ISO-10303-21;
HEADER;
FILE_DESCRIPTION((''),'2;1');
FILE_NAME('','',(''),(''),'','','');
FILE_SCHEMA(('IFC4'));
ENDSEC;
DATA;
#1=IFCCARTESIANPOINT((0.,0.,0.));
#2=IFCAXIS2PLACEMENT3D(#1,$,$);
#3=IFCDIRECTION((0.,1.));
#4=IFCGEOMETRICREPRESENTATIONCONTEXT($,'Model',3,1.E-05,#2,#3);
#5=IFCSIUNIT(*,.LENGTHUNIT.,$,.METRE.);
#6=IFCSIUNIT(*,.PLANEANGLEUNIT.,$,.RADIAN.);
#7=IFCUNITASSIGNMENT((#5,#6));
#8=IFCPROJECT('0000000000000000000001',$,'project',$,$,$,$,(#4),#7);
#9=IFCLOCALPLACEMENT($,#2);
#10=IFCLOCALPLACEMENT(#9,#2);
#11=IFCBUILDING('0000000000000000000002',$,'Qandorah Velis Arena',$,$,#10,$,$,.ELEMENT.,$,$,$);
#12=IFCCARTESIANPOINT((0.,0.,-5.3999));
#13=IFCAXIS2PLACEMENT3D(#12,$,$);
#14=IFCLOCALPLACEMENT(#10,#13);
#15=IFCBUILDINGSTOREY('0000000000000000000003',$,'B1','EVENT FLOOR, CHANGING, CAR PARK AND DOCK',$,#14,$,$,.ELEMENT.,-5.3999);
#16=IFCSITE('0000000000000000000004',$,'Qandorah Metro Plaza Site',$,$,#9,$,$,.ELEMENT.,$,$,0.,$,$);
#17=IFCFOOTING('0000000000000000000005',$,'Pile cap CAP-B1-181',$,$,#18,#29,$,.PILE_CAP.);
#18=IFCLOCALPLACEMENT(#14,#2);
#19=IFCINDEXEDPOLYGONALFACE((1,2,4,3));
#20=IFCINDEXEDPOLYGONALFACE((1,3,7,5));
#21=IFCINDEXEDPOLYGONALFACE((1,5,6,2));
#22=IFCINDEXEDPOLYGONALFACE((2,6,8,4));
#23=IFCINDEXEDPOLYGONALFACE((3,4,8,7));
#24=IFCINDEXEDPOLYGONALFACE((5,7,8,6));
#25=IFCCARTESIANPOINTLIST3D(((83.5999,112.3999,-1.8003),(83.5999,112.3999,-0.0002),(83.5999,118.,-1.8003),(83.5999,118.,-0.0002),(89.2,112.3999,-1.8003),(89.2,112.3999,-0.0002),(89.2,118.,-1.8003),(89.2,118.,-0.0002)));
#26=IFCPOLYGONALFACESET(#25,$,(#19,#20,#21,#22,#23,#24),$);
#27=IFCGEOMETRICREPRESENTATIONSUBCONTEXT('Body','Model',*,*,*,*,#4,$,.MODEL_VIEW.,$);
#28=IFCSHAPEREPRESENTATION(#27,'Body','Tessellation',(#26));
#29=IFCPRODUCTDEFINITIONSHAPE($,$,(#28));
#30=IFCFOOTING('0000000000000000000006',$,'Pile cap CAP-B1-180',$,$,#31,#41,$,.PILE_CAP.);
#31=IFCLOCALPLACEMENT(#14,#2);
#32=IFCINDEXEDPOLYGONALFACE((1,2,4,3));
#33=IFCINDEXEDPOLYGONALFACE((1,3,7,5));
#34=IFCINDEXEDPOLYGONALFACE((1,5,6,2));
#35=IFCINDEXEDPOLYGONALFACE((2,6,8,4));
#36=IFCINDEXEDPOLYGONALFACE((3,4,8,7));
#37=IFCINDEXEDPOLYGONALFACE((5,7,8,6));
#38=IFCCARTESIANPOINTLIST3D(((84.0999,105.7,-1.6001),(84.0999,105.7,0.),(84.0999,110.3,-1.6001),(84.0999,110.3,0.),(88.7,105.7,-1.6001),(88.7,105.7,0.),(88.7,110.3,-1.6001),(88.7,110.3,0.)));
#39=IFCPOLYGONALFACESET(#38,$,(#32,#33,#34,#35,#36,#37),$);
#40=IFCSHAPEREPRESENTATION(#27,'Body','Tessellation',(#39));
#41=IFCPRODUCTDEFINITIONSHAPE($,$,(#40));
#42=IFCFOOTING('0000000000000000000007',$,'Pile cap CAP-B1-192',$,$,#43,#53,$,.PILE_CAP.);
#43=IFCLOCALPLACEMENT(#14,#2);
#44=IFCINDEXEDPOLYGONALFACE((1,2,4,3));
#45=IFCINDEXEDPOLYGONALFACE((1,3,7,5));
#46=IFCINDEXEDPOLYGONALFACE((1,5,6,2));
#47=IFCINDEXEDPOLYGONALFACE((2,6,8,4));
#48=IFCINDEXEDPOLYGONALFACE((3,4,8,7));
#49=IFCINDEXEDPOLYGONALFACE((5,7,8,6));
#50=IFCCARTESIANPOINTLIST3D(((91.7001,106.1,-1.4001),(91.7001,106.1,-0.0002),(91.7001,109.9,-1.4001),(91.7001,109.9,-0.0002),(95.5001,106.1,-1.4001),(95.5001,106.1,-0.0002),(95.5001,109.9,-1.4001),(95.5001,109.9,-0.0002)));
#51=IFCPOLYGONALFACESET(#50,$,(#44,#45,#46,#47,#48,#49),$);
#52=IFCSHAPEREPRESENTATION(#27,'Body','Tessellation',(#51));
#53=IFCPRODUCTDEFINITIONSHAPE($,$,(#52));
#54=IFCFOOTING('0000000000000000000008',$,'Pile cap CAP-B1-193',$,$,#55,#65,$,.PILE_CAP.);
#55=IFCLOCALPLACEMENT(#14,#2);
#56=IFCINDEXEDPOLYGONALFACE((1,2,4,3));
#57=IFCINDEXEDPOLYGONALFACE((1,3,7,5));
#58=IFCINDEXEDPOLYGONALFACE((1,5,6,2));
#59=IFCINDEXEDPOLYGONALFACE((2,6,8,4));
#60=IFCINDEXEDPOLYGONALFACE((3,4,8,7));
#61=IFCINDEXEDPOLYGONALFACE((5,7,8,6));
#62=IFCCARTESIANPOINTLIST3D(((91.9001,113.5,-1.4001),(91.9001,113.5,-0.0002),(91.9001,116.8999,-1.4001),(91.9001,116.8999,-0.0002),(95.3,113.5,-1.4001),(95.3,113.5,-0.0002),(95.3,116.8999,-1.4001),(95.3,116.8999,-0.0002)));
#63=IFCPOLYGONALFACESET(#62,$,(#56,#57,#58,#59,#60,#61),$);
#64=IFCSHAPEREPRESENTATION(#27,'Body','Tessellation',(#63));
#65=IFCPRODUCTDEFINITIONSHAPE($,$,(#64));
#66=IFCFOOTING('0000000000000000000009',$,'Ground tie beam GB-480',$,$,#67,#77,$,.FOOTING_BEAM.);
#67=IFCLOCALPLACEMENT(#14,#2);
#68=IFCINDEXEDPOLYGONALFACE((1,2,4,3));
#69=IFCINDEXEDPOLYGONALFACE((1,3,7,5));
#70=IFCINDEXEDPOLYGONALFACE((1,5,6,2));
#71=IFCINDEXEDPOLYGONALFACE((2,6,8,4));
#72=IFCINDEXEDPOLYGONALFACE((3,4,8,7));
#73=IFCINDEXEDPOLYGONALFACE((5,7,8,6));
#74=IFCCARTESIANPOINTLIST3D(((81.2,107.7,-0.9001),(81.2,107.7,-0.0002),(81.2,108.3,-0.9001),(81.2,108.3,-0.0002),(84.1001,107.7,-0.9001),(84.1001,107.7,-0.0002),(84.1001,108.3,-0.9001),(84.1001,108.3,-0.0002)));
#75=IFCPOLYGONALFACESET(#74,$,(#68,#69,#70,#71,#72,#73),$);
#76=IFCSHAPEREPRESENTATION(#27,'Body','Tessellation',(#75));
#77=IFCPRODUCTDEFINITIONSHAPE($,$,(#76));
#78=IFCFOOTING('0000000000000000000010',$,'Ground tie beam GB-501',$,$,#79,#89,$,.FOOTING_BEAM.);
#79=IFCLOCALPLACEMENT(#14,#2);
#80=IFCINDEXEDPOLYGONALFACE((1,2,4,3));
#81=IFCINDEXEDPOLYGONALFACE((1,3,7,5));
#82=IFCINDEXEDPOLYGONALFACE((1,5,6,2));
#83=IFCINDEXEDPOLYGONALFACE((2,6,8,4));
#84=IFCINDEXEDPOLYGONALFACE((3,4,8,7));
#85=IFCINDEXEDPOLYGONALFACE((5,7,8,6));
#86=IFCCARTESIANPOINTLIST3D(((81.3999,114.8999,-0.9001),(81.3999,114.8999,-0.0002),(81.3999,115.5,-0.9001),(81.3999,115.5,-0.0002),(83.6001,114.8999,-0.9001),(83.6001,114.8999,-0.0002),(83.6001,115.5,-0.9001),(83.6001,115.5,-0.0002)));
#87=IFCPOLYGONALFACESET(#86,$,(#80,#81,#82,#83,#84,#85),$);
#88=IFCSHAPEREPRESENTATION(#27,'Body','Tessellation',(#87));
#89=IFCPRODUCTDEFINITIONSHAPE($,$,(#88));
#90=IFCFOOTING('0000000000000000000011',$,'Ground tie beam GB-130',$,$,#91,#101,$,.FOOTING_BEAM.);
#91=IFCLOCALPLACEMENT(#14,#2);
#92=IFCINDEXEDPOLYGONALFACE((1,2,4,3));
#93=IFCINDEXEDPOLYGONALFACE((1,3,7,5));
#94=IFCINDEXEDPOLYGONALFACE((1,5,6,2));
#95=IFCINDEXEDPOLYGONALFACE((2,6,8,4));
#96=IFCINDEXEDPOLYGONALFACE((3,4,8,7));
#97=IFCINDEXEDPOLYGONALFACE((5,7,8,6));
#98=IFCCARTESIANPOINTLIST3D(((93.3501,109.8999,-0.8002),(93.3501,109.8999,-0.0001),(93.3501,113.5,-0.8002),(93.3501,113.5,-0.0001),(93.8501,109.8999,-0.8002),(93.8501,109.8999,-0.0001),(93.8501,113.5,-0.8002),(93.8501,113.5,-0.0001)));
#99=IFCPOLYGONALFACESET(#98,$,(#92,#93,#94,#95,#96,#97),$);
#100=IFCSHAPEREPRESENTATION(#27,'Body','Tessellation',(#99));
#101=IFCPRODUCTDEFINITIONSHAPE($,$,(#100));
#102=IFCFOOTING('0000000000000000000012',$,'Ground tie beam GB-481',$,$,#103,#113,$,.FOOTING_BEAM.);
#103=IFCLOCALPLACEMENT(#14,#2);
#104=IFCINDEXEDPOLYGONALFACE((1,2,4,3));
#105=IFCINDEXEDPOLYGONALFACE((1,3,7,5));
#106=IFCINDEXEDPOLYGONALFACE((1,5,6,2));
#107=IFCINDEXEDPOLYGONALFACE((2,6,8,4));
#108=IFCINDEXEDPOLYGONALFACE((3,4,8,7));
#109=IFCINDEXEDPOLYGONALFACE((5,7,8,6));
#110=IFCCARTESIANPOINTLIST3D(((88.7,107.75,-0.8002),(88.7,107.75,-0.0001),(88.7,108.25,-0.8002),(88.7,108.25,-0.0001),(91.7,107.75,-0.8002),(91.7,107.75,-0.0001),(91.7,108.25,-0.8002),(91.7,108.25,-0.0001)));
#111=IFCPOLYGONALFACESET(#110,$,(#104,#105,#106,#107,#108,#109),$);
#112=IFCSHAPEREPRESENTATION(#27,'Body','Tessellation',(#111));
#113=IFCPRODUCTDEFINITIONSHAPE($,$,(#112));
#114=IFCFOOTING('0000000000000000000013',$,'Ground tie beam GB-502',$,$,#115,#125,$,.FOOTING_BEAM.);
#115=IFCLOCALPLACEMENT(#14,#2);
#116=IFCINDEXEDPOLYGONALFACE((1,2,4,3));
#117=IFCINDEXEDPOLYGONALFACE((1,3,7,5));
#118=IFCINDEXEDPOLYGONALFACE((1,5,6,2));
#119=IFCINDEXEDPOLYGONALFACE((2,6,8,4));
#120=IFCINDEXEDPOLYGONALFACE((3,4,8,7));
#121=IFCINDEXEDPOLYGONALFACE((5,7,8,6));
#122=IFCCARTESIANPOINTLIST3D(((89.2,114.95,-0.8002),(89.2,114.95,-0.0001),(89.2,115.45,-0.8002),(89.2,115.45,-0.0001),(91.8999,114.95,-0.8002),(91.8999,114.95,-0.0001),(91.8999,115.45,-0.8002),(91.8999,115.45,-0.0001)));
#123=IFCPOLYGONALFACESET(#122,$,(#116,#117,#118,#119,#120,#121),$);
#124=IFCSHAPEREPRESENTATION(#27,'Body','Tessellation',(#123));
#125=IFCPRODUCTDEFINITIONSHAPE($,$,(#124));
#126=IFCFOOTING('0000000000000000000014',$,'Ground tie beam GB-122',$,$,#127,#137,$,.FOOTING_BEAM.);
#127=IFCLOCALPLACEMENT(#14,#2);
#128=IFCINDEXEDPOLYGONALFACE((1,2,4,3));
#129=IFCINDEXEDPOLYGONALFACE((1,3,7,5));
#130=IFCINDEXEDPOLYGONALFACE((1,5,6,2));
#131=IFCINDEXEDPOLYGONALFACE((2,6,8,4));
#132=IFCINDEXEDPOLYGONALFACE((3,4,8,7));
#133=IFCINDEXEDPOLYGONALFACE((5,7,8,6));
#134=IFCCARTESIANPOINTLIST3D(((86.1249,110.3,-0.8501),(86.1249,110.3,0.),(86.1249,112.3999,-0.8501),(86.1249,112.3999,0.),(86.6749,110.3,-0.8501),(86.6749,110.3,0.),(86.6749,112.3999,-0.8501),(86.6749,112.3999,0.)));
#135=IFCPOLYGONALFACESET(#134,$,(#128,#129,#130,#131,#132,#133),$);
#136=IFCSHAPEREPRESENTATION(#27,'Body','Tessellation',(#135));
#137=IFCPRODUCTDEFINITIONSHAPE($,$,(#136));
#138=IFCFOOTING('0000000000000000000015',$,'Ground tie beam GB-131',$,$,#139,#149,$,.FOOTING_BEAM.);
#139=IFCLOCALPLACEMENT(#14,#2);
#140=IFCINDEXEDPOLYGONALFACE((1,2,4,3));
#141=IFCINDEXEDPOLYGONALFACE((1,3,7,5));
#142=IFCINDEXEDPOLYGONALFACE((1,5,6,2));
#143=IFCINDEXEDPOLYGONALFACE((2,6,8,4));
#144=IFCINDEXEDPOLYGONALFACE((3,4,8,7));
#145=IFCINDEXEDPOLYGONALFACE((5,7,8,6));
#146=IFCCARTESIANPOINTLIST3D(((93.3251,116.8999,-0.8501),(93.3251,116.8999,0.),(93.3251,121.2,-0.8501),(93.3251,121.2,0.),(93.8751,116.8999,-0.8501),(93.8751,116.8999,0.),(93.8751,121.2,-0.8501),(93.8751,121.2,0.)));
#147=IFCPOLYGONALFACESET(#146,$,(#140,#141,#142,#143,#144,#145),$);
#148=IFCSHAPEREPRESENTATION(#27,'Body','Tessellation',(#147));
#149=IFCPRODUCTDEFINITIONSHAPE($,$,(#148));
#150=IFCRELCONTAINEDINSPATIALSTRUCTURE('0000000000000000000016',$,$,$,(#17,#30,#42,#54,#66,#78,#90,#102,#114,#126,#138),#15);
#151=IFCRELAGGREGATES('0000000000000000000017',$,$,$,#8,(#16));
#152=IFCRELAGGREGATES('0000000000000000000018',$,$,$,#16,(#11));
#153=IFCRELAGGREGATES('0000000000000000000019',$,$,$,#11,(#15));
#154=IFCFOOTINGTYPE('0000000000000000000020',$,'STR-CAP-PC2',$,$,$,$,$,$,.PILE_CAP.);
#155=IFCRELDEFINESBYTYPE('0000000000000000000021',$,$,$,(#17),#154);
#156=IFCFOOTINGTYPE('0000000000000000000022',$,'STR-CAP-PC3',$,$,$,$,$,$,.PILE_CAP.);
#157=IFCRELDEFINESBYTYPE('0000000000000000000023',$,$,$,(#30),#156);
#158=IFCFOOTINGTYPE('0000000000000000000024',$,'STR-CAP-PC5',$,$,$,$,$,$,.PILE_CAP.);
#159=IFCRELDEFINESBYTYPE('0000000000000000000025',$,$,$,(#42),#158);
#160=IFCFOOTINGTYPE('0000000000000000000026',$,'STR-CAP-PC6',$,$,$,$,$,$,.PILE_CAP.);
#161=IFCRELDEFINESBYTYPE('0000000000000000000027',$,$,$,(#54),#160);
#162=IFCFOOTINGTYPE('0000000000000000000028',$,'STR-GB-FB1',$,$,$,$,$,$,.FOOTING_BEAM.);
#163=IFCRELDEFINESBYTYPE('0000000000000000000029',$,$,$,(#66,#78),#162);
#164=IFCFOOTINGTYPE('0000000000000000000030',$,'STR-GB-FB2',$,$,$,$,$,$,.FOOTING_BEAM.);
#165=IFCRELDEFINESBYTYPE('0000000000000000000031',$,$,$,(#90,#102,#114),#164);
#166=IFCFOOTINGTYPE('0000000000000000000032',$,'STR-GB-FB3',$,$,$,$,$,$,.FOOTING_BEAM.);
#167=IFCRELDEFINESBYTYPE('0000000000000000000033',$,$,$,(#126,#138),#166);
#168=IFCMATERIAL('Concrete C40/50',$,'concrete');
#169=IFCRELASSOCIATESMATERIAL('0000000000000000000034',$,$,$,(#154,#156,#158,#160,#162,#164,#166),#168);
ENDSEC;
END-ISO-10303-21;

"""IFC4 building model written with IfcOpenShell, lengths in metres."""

from ifc_helpers import new_model, si_unit, direction, frame, origin, origin_2d, place, context, subcontext, project, spatial, rectangle, extrude, material, material_profile, profile_set, type_object, element, save


model = new_model("IFC4")

# Units and contexts
model_context = context("Model", 3, precision=1e-05, world=origin(), true_north=direction((0.0, 1.0)))
body_context = subcontext(model_context, "Body", "Model", "MODEL_VIEW")
ifc_project = project(units=[si_unit("LENGTHUNIT", "METRE"), si_unit("PLANEANGLEUNIT", "RADIAN")], contexts=[model_context])

# Site, building, storey
site_placement = place(None, origin())
site = spatial("IfcSite", under=ifc_project, at=site_placement, Name="Qandorah Metro Plaza Site", CompositionType="ELEMENT", RefElevation=0.0)
building_placement = place(site_placement, origin())
building = spatial("IfcBuilding", under=site, at=building_placement, Name="Qandorah Velis Arena", CompositionType="ELEMENT")
storey_placement = place(building_placement, frame((0.0, 0.0, -5.3999)))
storey = spatial("IfcBuildingStorey", under=building, at=storey_placement, Name="B1", Description="EVENT FLOOR, CHANGING, CAR PARK AND DOCK", CompositionType="ELEMENT", Elevation=-5.3999)

# Footings
ifc_material_1 = material(Name="Concrete C40/50", Category="concrete")
footing_type_1 = type_object("IfcFootingType", Name="STR-CAP-PC2", PredefinedType="PILE_CAP", material=ifc_material_1)
footing_1_placement = place(storey_placement, frame((86.3999, 115.2, -1.8003), z_axis=(0.0, 0.0, 1.0), x_axis=(1.0, 0.0, 0.0)))
element("IfcFooting", 1, at=footing_1_placement, inside=storey, type_object=footing_type_1, Name="Pile cap CAP-B1-181", PredefinedType="PILE_CAP", context=body_context, shape_type="SweptSolid", body=[
    extrude(rectangle(XDim=5.6001, YDim=5.6001, at=origin_2d()), origin(), (0.0, 0.0, 1.0), 1.8),
])
footing_type_2 = type_object("IfcFootingType", Name="STR-CAP-PC3", PredefinedType="PILE_CAP", material=ifc_material_1)
footing_2_placement = place(storey_placement, frame((86.3999, 108.0, -1.6001), z_axis=(0.0, 0.0, 1.0), x_axis=(1.0, 0.0, 0.0)))
element("IfcFooting", 2, at=footing_2_placement, inside=storey, type_object=footing_type_2, Name="Pile cap CAP-B1-180", PredefinedType="PILE_CAP", context=body_context, shape_type="SweptSolid", body=[
    extrude(rectangle(XDim=4.6001, YDim=4.6001, at=origin_2d()), origin(), (0.0, 0.0, 1.0), 1.6001),
])
footing_type_3 = type_object("IfcFootingType", Name="STR-CAP-PC5", PredefinedType="PILE_CAP", material=ifc_material_1)
footing_3_placement = place(storey_placement, frame((93.6001, 108.0, -1.4001), z_axis=(0.0, 0.0, 1.0), x_axis=(1.0, 0.0, 0.0)))
element("IfcFooting", 3, at=footing_3_placement, inside=storey, type_object=footing_type_3, Name="Pile cap CAP-B1-192", PredefinedType="PILE_CAP", context=body_context, shape_type="SweptSolid", body=[
    extrude(rectangle(XDim=3.8, YDim=3.8, at=origin_2d()), origin(), (0.0, 0.0, 1.0), 1.3999),
])
footing_type_4 = type_object("IfcFootingType", Name="STR-CAP-PC6", PredefinedType="PILE_CAP", material=ifc_material_1)
footing_4_placement = place(storey_placement, frame((93.6001, 115.2, -1.4001), z_axis=(0.0, 0.0, 1.0), x_axis=(1.0, 0.0, 0.0)))
element("IfcFooting", 4, at=footing_4_placement, inside=storey, type_object=footing_type_4, Name="Pile cap CAP-B1-193", PredefinedType="PILE_CAP", context=body_context, shape_type="SweptSolid", body=[
    extrude(rectangle(XDim=3.3999, YDim=3.3999, at=origin_2d()), origin(), (0.0, 0.0, 1.0), 1.3999),
])
ifc_material_profile_1 = material_profile(ifc_material_1, rectangle(XDim=0.6001, YDim=0.8999, at=origin_2d()), Name="GB1 600x900")
ifc_profile_set_1 = profile_set([ifc_material_profile_1], Name="Concrete C40/50")
footing_type_5 = type_object("IfcFootingType", Name="STR-GB-FB1", PredefinedType="FOOTING_BEAM", material=ifc_profile_set_1)
footing_5_placement = place(storey_placement, frame((81.2, 108.0, -0.4502), z_axis=(1.0, 0.0, 0.0), x_axis=(0.0, 1.0, 0.0)))
element("IfcFooting", 5, at=footing_5_placement, inside=storey, type_object=footing_type_5, Name="Ground tie beam GB-480", PredefinedType="FOOTING_BEAM", context=body_context, shape_type="SweptSolid", body=[
    extrude(rectangle(XDim=0.6001, YDim=0.8999, at=origin_2d()), origin(), (0.0, 0.0, 1.0), 2.9001),
])
footing_6_placement = place(storey_placement, frame((81.3999, 115.2, -0.4502), z_axis=(1.0, 0.0, 0.0), x_axis=(0.0, 1.0, 0.0)))
element("IfcFooting", 6, at=footing_6_placement, inside=storey, type_object=footing_type_5, Name="Ground tie beam GB-501", PredefinedType="FOOTING_BEAM", context=body_context, shape_type="SweptSolid", body=[
    extrude(rectangle(XDim=0.6001, YDim=0.8999, at=origin_2d()), origin(), (0.0, 0.0, 1.0), 2.2002),
])
ifc_material_profile_2 = material_profile(ifc_material_1, rectangle(XDim=0.5, YDim=0.8, at=origin_2d()), Name="GB2 500x800")
ifc_profile_set_2 = profile_set([ifc_material_profile_2], Name="Concrete C40/50")
footing_type_6 = type_object("IfcFootingType", Name="STR-GB-FB2", PredefinedType="FOOTING_BEAM", material=ifc_profile_set_2)
footing_7_placement = place(storey_placement, frame((93.6001, 109.8999, -0.4001), z_axis=(0.0, 1.0, 0.0), x_axis=(-1.0, 0.0, 0.0)))
element("IfcFooting", 7, at=footing_7_placement, inside=storey, type_object=footing_type_6, Name="Ground tie beam GB-130", PredefinedType="FOOTING_BEAM", context=body_context, shape_type="SweptSolid", body=[
    extrude(rectangle(XDim=0.5, YDim=0.8, at=origin_2d()), origin(), (0.0, 0.0, 1.0), 3.6001),
])
footing_8_placement = place(storey_placement, frame((88.7, 108.0, -0.4001), z_axis=(1.0, 0.0, 0.0), x_axis=(0.0, 1.0, 0.0)))
element("IfcFooting", 8, at=footing_8_placement, inside=storey, type_object=footing_type_6, Name="Ground tie beam GB-481", PredefinedType="FOOTING_BEAM", context=body_context, shape_type="SweptSolid", body=[
    extrude(rectangle(XDim=0.5, YDim=0.8, at=origin_2d()), origin(), (0.0, 0.0, 1.0), 3.0),
])
footing_9_placement = place(storey_placement, frame((89.2, 115.2, -0.4001), z_axis=(1.0, 0.0, 0.0), x_axis=(0.0, 1.0, 0.0)))
element("IfcFooting", 9, at=footing_9_placement, inside=storey, type_object=footing_type_6, Name="Ground tie beam GB-502", PredefinedType="FOOTING_BEAM", context=body_context, shape_type="SweptSolid", body=[
    extrude(rectangle(XDim=0.5, YDim=0.8, at=origin_2d()), origin(), (0.0, 0.0, 1.0), 2.7),
])
ifc_material_profile_3 = material_profile(ifc_material_1, rectangle(XDim=0.55, YDim=0.8501, at=origin_2d()), Name="GB3 550x850")
ifc_profile_set_3 = profile_set([ifc_material_profile_3], Name="Concrete C40/50")
footing_type_7 = type_object("IfcFootingType", Name="STR-GB-FB3", PredefinedType="FOOTING_BEAM", material=ifc_profile_set_3)
footing_10_placement = place(storey_placement, frame((86.3999, 110.3, -0.425), z_axis=(0.0, 1.0, 0.0), x_axis=(-1.0, 0.0, 0.0)))
element("IfcFooting", 10, at=footing_10_placement, inside=storey, type_object=footing_type_7, Name="Ground tie beam GB-122", PredefinedType="FOOTING_BEAM", context=body_context, shape_type="SweptSolid", body=[
    extrude(rectangle(XDim=0.55, YDim=0.8501, at=origin_2d()), origin(), (0.0, 0.0, 1.0), 2.0999),
])
footing_11_placement = place(storey_placement, frame((93.6001, 116.8999, -0.425), z_axis=(0.0, 1.0, 0.0), x_axis=(-1.0, 0.0, 0.0)))
element("IfcFooting", 11, at=footing_11_placement, inside=storey, type_object=footing_type_7, Name="Ground tie beam GB-131", PredefinedType="FOOTING_BEAM", context=body_context, shape_type="SweptSolid", body=[
    extrude(rectangle(XDim=0.55, YDim=0.8501, at=origin_2d()), origin(), (0.0, 0.0, 1.0), 4.3),
])

save(model, "model.ifc")
